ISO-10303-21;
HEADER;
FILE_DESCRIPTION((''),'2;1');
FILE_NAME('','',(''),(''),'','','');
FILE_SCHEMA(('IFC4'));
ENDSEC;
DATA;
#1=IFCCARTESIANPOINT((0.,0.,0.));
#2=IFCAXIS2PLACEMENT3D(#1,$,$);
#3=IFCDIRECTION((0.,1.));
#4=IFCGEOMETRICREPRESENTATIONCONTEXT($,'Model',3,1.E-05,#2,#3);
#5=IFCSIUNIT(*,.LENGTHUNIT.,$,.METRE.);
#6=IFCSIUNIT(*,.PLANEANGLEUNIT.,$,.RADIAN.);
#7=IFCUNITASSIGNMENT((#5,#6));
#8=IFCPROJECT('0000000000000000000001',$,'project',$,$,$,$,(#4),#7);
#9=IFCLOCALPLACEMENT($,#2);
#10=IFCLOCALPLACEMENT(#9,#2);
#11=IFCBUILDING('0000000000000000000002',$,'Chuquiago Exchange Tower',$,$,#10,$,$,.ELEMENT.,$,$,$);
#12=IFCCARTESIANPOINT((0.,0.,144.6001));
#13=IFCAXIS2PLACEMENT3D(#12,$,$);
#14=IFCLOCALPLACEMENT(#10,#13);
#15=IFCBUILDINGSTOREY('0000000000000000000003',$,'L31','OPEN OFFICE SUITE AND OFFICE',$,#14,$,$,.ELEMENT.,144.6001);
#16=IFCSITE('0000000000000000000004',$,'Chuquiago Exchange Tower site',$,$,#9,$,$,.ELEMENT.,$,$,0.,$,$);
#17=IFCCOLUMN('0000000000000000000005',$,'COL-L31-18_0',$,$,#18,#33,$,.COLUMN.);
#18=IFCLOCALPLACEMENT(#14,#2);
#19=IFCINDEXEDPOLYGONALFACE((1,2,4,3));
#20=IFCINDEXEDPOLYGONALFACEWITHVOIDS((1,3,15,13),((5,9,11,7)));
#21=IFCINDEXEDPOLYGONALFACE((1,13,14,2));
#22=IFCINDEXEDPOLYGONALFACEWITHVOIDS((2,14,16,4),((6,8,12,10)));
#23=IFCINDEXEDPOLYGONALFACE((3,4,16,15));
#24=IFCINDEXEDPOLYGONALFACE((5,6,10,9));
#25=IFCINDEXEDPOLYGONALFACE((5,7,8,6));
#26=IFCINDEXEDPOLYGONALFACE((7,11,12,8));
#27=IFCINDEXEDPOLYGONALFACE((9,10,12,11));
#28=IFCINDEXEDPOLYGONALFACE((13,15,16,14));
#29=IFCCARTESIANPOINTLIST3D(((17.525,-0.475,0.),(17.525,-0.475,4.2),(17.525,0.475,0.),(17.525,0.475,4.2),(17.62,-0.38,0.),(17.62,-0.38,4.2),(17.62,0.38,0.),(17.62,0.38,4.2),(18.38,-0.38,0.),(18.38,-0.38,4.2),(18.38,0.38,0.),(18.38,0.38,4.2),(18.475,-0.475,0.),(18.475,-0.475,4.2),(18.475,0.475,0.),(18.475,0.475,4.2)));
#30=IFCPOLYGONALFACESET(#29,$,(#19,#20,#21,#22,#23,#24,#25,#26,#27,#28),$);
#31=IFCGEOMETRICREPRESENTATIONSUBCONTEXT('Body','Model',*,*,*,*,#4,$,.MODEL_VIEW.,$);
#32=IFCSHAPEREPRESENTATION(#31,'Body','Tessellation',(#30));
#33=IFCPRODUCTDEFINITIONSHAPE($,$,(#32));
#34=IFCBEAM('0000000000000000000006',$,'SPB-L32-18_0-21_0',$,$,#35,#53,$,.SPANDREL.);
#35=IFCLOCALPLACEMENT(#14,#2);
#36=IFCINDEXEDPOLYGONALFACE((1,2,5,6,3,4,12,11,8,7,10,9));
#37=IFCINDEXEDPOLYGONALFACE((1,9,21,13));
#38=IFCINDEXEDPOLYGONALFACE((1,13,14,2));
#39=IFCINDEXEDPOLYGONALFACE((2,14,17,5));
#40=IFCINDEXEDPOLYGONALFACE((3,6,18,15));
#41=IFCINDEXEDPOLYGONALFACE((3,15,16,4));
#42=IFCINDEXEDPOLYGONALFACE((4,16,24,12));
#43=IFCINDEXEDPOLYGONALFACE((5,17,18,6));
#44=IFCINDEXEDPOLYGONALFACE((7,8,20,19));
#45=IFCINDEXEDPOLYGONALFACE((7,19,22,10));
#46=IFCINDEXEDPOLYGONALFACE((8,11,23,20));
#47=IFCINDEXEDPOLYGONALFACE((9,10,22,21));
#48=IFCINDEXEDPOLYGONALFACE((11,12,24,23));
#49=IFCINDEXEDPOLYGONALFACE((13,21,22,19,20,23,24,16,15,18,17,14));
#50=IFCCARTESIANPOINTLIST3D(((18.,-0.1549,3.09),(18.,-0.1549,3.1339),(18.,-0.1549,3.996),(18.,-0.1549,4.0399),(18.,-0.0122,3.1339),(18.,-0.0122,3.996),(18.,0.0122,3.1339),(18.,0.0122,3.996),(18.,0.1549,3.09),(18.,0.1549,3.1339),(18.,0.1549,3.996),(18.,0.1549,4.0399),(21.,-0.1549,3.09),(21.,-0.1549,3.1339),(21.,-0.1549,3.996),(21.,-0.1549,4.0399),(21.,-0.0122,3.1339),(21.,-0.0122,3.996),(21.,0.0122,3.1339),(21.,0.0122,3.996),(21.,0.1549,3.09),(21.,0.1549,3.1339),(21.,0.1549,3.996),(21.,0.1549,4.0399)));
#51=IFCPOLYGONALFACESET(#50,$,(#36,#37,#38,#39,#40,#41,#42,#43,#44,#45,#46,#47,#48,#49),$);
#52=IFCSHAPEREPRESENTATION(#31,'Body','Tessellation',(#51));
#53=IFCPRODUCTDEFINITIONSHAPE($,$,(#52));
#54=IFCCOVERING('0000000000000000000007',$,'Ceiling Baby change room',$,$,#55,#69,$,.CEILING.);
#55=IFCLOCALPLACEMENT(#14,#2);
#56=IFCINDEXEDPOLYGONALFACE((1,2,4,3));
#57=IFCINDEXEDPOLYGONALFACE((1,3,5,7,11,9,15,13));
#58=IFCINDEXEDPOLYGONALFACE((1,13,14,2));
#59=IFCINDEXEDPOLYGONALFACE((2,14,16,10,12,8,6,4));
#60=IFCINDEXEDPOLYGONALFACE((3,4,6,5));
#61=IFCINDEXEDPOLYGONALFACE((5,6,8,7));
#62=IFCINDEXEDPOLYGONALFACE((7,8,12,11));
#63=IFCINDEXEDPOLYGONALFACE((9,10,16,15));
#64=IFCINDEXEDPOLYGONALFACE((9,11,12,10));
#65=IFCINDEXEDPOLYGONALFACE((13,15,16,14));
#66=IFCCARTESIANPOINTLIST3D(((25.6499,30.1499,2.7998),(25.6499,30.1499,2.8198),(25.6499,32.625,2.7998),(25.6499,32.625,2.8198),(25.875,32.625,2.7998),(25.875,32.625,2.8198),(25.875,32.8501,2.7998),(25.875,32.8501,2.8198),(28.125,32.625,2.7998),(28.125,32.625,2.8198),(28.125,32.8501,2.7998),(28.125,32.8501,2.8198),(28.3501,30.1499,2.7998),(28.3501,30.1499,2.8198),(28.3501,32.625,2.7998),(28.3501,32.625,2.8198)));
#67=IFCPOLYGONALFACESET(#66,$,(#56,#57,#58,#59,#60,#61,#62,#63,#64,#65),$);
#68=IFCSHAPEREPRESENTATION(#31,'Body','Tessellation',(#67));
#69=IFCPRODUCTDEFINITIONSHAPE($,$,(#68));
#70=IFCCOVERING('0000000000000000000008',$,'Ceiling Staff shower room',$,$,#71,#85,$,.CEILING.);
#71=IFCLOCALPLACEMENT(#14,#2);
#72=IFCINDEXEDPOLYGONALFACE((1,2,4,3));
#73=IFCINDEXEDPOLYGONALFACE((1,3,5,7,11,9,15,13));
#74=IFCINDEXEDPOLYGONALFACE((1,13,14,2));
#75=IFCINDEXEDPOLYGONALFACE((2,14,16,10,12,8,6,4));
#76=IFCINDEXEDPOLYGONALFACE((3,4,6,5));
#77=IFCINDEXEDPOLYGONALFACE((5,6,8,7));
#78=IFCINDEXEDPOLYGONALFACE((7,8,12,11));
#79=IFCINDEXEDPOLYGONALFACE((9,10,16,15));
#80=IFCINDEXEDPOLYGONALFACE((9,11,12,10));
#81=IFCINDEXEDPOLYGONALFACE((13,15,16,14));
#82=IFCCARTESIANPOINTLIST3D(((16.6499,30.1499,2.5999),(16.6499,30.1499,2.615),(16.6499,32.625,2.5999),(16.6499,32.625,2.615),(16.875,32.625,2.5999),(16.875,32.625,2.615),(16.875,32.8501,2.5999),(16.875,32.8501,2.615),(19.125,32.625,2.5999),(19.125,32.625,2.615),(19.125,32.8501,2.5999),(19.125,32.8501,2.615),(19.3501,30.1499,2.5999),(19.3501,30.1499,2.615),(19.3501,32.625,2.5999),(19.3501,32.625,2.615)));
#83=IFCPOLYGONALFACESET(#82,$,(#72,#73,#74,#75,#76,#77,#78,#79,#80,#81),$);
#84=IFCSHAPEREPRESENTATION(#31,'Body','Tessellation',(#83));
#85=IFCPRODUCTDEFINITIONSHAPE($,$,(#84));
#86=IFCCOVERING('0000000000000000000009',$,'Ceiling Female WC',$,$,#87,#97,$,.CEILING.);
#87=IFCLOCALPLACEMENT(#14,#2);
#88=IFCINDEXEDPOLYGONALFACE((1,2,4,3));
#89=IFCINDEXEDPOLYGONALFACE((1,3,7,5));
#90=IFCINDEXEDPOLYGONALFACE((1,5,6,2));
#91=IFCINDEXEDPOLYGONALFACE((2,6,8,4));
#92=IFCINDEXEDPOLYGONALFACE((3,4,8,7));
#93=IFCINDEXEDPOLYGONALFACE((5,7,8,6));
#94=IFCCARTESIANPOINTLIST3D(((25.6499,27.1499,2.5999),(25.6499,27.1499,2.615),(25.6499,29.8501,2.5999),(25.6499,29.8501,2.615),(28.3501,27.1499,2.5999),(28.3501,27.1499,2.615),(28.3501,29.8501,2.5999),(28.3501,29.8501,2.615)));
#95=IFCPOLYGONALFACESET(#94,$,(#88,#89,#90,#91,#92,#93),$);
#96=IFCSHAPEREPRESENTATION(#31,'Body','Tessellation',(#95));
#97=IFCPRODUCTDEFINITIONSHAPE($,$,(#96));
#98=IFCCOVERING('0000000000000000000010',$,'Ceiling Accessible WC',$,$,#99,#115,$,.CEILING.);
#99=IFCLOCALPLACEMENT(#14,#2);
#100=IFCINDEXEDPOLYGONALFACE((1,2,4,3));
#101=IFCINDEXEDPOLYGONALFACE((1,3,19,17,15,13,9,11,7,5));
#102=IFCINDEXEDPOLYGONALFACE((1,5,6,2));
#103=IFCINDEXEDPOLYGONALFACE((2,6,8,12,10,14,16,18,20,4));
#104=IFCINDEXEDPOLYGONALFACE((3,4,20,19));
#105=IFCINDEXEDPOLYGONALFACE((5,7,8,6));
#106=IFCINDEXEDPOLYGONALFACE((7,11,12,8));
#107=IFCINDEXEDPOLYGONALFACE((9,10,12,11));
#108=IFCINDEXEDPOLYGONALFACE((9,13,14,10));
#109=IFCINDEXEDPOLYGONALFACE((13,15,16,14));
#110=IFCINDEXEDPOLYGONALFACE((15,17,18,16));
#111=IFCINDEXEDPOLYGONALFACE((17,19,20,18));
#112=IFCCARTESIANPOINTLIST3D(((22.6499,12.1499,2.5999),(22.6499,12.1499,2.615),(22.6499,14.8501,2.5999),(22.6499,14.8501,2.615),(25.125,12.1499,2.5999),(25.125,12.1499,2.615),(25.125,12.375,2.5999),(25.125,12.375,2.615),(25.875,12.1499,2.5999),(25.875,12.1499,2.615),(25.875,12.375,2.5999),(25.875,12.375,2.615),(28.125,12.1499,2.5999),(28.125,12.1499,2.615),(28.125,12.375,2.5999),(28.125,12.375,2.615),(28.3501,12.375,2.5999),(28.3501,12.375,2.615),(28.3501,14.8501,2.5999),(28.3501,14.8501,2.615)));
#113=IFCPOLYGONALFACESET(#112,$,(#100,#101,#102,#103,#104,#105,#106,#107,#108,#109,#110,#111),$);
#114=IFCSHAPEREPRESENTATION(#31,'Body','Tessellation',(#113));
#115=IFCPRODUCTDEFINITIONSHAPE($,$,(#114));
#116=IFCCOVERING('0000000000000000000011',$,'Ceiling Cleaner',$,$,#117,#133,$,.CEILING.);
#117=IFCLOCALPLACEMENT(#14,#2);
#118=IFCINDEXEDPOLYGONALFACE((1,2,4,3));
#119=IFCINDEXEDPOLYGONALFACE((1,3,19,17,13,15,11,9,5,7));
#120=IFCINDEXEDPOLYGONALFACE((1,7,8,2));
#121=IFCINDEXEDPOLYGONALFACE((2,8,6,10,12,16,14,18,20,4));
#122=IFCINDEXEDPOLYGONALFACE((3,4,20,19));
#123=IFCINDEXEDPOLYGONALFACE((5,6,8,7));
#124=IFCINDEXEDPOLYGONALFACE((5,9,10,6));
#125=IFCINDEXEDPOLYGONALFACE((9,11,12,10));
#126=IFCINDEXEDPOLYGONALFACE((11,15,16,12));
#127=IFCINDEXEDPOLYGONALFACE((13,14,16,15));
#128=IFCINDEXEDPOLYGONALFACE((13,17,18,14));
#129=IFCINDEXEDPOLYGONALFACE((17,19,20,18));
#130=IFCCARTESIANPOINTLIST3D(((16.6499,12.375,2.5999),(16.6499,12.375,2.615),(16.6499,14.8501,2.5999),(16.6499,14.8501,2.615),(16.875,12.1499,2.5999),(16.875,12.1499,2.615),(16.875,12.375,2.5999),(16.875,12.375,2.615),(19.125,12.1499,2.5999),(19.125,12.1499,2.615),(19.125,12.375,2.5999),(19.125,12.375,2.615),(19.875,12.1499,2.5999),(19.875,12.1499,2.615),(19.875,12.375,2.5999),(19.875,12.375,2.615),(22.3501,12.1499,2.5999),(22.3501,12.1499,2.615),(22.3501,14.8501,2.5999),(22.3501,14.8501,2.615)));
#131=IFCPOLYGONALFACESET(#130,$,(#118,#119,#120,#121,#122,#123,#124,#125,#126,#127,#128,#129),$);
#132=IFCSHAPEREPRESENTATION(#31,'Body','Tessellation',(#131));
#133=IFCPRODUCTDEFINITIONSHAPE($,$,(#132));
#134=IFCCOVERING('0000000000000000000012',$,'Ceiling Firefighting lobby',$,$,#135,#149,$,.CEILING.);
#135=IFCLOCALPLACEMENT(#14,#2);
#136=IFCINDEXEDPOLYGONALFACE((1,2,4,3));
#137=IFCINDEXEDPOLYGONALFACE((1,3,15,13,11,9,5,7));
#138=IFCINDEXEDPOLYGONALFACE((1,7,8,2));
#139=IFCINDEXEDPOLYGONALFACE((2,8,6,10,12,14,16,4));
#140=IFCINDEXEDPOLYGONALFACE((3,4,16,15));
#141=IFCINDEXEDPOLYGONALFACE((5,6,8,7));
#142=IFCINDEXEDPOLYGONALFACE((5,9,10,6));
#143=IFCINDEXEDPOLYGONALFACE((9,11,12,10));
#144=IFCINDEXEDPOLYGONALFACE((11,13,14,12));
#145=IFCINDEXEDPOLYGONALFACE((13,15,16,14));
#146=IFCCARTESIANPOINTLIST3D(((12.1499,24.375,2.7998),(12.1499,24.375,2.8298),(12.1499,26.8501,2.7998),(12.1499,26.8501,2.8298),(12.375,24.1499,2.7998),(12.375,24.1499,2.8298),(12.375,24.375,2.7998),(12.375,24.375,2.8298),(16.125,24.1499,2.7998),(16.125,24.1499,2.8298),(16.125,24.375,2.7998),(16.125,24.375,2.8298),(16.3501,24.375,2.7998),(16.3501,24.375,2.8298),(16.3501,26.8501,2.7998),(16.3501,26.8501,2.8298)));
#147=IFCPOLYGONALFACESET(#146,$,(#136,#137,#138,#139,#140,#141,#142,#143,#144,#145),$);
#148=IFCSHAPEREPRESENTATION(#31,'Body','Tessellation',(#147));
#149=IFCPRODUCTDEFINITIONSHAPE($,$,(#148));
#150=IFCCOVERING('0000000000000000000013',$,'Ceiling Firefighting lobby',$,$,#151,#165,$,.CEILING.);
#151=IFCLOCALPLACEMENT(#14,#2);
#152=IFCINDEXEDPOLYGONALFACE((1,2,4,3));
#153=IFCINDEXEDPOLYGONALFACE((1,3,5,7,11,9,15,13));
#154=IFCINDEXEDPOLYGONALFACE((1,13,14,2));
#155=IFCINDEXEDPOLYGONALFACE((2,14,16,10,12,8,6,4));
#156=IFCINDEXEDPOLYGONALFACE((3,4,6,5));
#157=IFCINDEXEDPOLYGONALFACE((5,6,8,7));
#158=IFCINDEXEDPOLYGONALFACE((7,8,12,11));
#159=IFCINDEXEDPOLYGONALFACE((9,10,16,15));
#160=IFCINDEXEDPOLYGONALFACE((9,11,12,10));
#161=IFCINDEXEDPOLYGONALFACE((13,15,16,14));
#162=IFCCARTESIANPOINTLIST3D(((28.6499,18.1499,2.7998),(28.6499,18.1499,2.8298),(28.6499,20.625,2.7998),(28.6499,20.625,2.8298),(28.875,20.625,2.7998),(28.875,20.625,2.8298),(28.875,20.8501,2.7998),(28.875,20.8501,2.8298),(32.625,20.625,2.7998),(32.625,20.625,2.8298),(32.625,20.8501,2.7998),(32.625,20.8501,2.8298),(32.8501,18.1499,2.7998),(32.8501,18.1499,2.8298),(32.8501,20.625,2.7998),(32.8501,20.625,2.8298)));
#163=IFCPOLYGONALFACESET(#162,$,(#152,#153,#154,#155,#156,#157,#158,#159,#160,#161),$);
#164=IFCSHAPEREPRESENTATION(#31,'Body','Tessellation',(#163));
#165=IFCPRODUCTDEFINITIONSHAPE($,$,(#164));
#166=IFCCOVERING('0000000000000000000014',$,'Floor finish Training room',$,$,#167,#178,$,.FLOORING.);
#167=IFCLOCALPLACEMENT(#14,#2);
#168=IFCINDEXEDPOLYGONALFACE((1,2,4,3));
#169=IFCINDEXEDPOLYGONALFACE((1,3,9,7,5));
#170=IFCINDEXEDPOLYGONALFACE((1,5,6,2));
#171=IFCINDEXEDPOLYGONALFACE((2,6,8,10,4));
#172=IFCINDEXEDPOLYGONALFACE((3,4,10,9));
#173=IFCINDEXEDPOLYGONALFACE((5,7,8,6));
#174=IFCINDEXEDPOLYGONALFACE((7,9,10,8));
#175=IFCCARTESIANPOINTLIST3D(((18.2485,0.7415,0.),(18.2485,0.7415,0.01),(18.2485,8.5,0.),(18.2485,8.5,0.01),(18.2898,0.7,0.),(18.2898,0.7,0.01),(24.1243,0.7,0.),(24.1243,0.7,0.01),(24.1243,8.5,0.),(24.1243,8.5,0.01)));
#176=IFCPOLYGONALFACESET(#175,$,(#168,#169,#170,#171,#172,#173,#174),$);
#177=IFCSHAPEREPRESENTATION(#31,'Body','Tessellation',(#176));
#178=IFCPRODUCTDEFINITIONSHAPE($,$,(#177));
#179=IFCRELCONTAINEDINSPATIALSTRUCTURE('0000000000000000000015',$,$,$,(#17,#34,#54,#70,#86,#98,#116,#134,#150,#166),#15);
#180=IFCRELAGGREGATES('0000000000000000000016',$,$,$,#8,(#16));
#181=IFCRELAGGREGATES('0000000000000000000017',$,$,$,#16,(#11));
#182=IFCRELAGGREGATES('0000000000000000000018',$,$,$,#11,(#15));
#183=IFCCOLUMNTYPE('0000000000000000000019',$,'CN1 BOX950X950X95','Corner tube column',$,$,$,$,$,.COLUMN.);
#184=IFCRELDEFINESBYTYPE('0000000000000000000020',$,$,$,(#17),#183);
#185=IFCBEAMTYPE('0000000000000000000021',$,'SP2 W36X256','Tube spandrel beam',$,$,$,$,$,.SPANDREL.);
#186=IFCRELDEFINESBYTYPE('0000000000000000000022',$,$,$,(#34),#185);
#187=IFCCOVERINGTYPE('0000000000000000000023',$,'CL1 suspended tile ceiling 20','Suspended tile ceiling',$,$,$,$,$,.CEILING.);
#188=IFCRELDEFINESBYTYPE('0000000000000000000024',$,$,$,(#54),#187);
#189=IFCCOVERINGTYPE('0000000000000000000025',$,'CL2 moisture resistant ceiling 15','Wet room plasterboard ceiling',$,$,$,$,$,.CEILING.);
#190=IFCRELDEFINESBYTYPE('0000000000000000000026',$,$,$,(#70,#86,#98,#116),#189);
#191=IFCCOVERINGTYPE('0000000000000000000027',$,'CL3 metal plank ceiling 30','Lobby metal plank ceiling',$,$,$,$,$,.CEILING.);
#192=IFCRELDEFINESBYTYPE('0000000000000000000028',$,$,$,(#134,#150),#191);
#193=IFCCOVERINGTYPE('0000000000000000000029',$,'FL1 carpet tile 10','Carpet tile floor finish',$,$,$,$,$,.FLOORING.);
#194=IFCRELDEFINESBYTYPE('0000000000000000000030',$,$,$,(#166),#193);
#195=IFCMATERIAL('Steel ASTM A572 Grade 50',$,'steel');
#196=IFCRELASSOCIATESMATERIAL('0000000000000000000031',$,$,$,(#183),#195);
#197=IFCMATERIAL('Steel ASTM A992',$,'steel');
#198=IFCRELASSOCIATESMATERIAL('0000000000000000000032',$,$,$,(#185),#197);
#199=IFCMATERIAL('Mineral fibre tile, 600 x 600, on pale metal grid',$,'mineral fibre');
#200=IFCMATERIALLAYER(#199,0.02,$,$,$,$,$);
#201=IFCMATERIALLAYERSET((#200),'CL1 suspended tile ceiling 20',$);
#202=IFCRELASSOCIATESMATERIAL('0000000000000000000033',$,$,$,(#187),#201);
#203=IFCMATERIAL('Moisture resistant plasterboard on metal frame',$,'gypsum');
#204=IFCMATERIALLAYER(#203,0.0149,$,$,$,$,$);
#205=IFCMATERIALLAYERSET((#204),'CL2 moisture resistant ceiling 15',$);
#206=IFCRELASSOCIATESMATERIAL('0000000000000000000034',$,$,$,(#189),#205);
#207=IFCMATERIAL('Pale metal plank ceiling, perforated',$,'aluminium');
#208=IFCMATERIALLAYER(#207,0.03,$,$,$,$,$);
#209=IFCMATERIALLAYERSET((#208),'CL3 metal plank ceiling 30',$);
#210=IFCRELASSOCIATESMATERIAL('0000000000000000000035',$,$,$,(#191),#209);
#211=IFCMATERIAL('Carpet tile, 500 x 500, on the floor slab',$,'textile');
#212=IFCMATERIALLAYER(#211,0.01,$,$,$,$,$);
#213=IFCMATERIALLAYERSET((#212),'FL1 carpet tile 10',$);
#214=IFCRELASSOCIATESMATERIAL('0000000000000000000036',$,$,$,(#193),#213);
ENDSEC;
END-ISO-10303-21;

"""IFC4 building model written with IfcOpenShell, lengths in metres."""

from ifc_helpers import new_model, si_unit, direction, frame, origin, origin_2d, place, context, subcontext, project, spatial, polyline, hollow_rectangle, i_section, outline, extrude, material, layer, layer_set, material_profile, profile_set, type_object, element, save


model = new_model("IFC4")

# Units and contexts
model_context = context("Model", 3, precision=1e-05, world=origin(), true_north=direction((0.0, 1.0)))
body_context = subcontext(model_context, "Body", "Model", "MODEL_VIEW")
ifc_project = project(units=[si_unit("LENGTHUNIT", "METRE"), si_unit("PLANEANGLEUNIT", "RADIAN")], contexts=[model_context])

# Site, building, storey
site_placement = place(None, origin())
site = spatial("IfcSite", under=ifc_project, at=site_placement, Name="Chuquiago Exchange Tower site", CompositionType="ELEMENT", RefElevation=0.0)
building_placement = place(site_placement, origin())
building = spatial("IfcBuilding", under=site, at=building_placement, Name="Chuquiago Exchange Tower", CompositionType="ELEMENT")
storey_placement = place(building_placement, frame((0.0, 0.0, 144.6001)))
storey = spatial("IfcBuildingStorey", under=building, at=storey_placement, Name="L31", Description="OPEN OFFICE SUITE AND OFFICE", CompositionType="ELEMENT", Elevation=144.6001)

# Column
ifc_material_1 = material(Name="Steel ASTM A572 Grade 50", Category="steel")
ifc_material_profile_1 = material_profile(ifc_material_1, hollow_rectangle(XDim=0.95, YDim=0.95, WallThickness=0.095, at=origin_2d()), Name="BOX950X950X95")
ifc_profile_set_1 = profile_set([ifc_material_profile_1], Name="Steel ASTM A572 Grade 50")
column_type = type_object("IfcColumnType", Name="CN1 BOX950X950X95", Description="Corner tube column", PredefinedType="COLUMN", material=ifc_profile_set_1)
column_placement = place(storey_placement, frame((18.0, 0.0, 0.0), z_axis=(0.0, 0.0, 1.0), x_axis=(0.0, -1.0, 0.0)))
element("IfcColumn", 1, at=column_placement, inside=storey, type_object=column_type, Name="COL-L31-18_0", PredefinedType="COLUMN", context=body_context, shape_type="SweptSolid", body=[
    extrude(hollow_rectangle(XDim=0.95, YDim=0.95, WallThickness=0.095, at=origin_2d()), origin(), (0.0, 0.0, 1.0), 4.2),
])

# Beam
ifc_material_2 = material(Name="Steel ASTM A992", Category="steel")
ifc_material_profile_2 = material_profile(ifc_material_2, i_section(OverallWidth=0.3098, OverallDepth=0.95, WebThickness=0.0244, FlangeThickness=0.0439, at=origin_2d()), Name="W36X256")
ifc_profile_set_2 = profile_set([ifc_material_profile_2], Name="Steel ASTM A992")
beam_type = type_object("IfcBeamType", Name="SP2 W36X256", Description="Tube spandrel beam", PredefinedType="SPANDREL", material=ifc_profile_set_2)
beam_placement = place(storey_placement, frame((18.0, 0.0, 3.5649), z_axis=(1.0, 0.0, 0.0), x_axis=(0.0, 1.0, 0.0)))
element("IfcBeam", 2, at=beam_placement, inside=storey, type_object=beam_type, Name="SPB-L32-18_0-21_0", PredefinedType="SPANDREL", context=body_context, shape_type="SweptSolid", body=[
    extrude(i_section(OverallWidth=0.3098, OverallDepth=0.95, WebThickness=0.0244, FlangeThickness=0.0439, at=origin_2d()), origin(), (0.0, 0.0, 1.0), 3.0),
])

# Coverings
ifc_material_3 = material(Name="Mineral fibre tile, 600 x 600, on pale metal grid", Category="mineral fibre")
ifc_layer_1 = layer(ifc_material_3, 0.02)
ifc_layer_set_1 = layer_set([ifc_layer_1], Name="CL1 suspended tile ceiling 20")
covering_type_1 = type_object("IfcCoveringType", Name="CL1 suspended tile ceiling 20", Description="Suspended tile ceiling", PredefinedType="CEILING", material=ifc_layer_set_1)
covering_1_placement = place(storey_placement, frame((0.0, 0.0, 2.7998)))
element("IfcCovering", 3, at=covering_1_placement, inside=storey, type_object=covering_type_1, Name="Ceiling Baby change room", PredefinedType="CEILING", context=body_context, shape_type="SweptSolid", body=[
    extrude(outline(polyline([(25.6499, 30.1499), (25.6499, 32.625), (25.875, 32.625), (25.875, 32.8501), (28.125, 32.8501), (28.125, 32.625), (28.3501, 32.625), (28.3501, 30.1499), (25.6499, 30.1499)])), origin(), (0.0, 0.0, 1.0), 0.02),
])
ifc_material_4 = material(Name="Moisture resistant plasterboard on metal frame", Category="gypsum")
ifc_layer_2 = layer(ifc_material_4, 0.0149)
ifc_layer_set_2 = layer_set([ifc_layer_2], Name="CL2 moisture resistant ceiling 15")
covering_type_2 = type_object("IfcCoveringType", Name="CL2 moisture resistant ceiling 15", Description="Wet room plasterboard ceiling", PredefinedType="CEILING", material=ifc_layer_set_2)
covering_2_placement = place(storey_placement, frame((0.0, 0.0, 2.5999)))
element("IfcCovering", 4, at=covering_2_placement, inside=storey, type_object=covering_type_2, Name="Ceiling Staff shower room", PredefinedType="CEILING", context=body_context, shape_type="SweptSolid", body=[
    extrude(outline(polyline([(16.6499, 30.1499), (16.6499, 32.625), (16.875, 32.625), (16.875, 32.8501), (19.125, 32.8501), (19.125, 32.625), (19.3501, 32.625), (19.3501, 30.1499), (16.6499, 30.1499)])), origin(), (0.0, 0.0, 1.0), 0.0151),
])
covering_3_placement = place(storey_placement, frame((0.0, 0.0, 2.5999)))
element("IfcCovering", 5, at=covering_3_placement, inside=storey, type_object=covering_type_2, Name="Ceiling Female WC", PredefinedType="CEILING", context=body_context, shape_type="SweptSolid", body=[
    extrude(outline(polyline([(25.6499, 27.1499), (25.6499, 29.8501), (28.3501, 29.8501), (28.3501, 27.1499), (25.6499, 27.1499)])), origin(), (0.0, 0.0, 1.0), 0.0151),
])
covering_4_placement = place(storey_placement, frame((0.0, 0.0, 2.5999)))
element("IfcCovering", 6, at=covering_4_placement, inside=storey, type_object=covering_type_2, Name="Ceiling Accessible WC", PredefinedType="CEILING", context=body_context, shape_type="SweptSolid", body=[
    extrude(outline(polyline([(25.875, 12.1499), (25.875, 12.375), (25.125, 12.375), (25.125, 12.1499), (22.6499, 12.1499), (22.6499, 14.8501), (28.3501, 14.8501), (28.3501, 12.375), (28.125, 12.375), (28.125, 12.1499), (25.875, 12.1499)])), origin(), (0.0, 0.0, 1.0), 0.0151),
])
covering_5_placement = place(storey_placement, frame((0.0, 0.0, 2.5999)))
element("IfcCovering", 7, at=covering_5_placement, inside=storey, type_object=covering_type_2, Name="Ceiling Cleaner", PredefinedType="CEILING", context=body_context, shape_type="SweptSolid", body=[
    extrude(outline(polyline([(19.875, 12.1499), (19.875, 12.375), (19.125, 12.375), (19.125, 12.1499), (16.875, 12.1499), (16.875, 12.375), (16.6499, 12.375), (16.6499, 14.8501), (22.3501, 14.8501), (22.3501, 12.1499), (19.875, 12.1499)])), origin(), (0.0, 0.0, 1.0), 0.0151),
])
ifc_material_5 = material(Name="Pale metal plank ceiling, perforated", Category="aluminium")
ifc_layer_3 = layer(ifc_material_5, 0.03)
ifc_layer_set_3 = layer_set([ifc_layer_3], Name="CL3 metal plank ceiling 30")
covering_type_3 = type_object("IfcCoveringType", Name="CL3 metal plank ceiling 30", Description="Lobby metal plank ceiling", PredefinedType="CEILING", material=ifc_layer_set_3)
covering_6_placement = place(storey_placement, frame((0.0, 0.0, 2.7998)))
element("IfcCovering", 8, at=covering_6_placement, inside=storey, type_object=covering_type_3, Name="Ceiling Firefighting lobby", PredefinedType="CEILING", context=body_context, shape_type="SweptSolid", body=[
    extrude(outline(polyline([(12.375, 24.1499), (12.375, 24.375), (12.1499, 24.375), (12.1499, 26.8501), (16.3501, 26.8501), (16.3501, 24.375), (16.125, 24.375), (16.125, 24.1499), (12.375, 24.1499)])), origin(), (0.0, 0.0, 1.0), 0.03),
])
covering_7_placement = place(storey_placement, frame((0.0, 0.0, 2.7998)))
element("IfcCovering", 9, at=covering_7_placement, inside=storey, type_object=covering_type_3, Name="Ceiling Firefighting lobby", PredefinedType="CEILING", context=body_context, shape_type="SweptSolid", body=[
    extrude(outline(polyline([(28.6499, 18.1499), (28.6499, 20.625), (28.875, 20.625), (28.875, 20.8501), (32.625, 20.8501), (32.625, 20.625), (32.8501, 20.625), (32.8501, 18.1499), (28.6499, 18.1499)])), origin(), (0.0, 0.0, 1.0), 0.03),
])
ifc_material_6 = material(Name="Carpet tile, 500 x 500, on the floor slab", Category="textile")
ifc_layer_4 = layer(ifc_material_6, 0.01)
ifc_layer_set_4 = layer_set([ifc_layer_4], Name="FL1 carpet tile 10")
covering_type_4 = type_object("IfcCoveringType", Name="FL1 carpet tile 10", Description="Carpet tile floor finish", PredefinedType="FLOORING", material=ifc_layer_set_4)
covering_8_placement = place(storey_placement, origin())
element("IfcCovering", 10, at=covering_8_placement, inside=storey, type_object=covering_type_4, Name="Floor finish Training room", PredefinedType="FLOORING", context=body_context, shape_type="SweptSolid", body=[
    extrude(outline(polyline([(18.2898, 0.7), (18.2485, 0.7415), (18.2485, 8.5), (24.1243, 8.5), (24.1243, 0.7), (18.2898, 0.7)])), origin(), (0.0, 0.0, 1.0), 0.01),
])

save(model, "model.ifc")
